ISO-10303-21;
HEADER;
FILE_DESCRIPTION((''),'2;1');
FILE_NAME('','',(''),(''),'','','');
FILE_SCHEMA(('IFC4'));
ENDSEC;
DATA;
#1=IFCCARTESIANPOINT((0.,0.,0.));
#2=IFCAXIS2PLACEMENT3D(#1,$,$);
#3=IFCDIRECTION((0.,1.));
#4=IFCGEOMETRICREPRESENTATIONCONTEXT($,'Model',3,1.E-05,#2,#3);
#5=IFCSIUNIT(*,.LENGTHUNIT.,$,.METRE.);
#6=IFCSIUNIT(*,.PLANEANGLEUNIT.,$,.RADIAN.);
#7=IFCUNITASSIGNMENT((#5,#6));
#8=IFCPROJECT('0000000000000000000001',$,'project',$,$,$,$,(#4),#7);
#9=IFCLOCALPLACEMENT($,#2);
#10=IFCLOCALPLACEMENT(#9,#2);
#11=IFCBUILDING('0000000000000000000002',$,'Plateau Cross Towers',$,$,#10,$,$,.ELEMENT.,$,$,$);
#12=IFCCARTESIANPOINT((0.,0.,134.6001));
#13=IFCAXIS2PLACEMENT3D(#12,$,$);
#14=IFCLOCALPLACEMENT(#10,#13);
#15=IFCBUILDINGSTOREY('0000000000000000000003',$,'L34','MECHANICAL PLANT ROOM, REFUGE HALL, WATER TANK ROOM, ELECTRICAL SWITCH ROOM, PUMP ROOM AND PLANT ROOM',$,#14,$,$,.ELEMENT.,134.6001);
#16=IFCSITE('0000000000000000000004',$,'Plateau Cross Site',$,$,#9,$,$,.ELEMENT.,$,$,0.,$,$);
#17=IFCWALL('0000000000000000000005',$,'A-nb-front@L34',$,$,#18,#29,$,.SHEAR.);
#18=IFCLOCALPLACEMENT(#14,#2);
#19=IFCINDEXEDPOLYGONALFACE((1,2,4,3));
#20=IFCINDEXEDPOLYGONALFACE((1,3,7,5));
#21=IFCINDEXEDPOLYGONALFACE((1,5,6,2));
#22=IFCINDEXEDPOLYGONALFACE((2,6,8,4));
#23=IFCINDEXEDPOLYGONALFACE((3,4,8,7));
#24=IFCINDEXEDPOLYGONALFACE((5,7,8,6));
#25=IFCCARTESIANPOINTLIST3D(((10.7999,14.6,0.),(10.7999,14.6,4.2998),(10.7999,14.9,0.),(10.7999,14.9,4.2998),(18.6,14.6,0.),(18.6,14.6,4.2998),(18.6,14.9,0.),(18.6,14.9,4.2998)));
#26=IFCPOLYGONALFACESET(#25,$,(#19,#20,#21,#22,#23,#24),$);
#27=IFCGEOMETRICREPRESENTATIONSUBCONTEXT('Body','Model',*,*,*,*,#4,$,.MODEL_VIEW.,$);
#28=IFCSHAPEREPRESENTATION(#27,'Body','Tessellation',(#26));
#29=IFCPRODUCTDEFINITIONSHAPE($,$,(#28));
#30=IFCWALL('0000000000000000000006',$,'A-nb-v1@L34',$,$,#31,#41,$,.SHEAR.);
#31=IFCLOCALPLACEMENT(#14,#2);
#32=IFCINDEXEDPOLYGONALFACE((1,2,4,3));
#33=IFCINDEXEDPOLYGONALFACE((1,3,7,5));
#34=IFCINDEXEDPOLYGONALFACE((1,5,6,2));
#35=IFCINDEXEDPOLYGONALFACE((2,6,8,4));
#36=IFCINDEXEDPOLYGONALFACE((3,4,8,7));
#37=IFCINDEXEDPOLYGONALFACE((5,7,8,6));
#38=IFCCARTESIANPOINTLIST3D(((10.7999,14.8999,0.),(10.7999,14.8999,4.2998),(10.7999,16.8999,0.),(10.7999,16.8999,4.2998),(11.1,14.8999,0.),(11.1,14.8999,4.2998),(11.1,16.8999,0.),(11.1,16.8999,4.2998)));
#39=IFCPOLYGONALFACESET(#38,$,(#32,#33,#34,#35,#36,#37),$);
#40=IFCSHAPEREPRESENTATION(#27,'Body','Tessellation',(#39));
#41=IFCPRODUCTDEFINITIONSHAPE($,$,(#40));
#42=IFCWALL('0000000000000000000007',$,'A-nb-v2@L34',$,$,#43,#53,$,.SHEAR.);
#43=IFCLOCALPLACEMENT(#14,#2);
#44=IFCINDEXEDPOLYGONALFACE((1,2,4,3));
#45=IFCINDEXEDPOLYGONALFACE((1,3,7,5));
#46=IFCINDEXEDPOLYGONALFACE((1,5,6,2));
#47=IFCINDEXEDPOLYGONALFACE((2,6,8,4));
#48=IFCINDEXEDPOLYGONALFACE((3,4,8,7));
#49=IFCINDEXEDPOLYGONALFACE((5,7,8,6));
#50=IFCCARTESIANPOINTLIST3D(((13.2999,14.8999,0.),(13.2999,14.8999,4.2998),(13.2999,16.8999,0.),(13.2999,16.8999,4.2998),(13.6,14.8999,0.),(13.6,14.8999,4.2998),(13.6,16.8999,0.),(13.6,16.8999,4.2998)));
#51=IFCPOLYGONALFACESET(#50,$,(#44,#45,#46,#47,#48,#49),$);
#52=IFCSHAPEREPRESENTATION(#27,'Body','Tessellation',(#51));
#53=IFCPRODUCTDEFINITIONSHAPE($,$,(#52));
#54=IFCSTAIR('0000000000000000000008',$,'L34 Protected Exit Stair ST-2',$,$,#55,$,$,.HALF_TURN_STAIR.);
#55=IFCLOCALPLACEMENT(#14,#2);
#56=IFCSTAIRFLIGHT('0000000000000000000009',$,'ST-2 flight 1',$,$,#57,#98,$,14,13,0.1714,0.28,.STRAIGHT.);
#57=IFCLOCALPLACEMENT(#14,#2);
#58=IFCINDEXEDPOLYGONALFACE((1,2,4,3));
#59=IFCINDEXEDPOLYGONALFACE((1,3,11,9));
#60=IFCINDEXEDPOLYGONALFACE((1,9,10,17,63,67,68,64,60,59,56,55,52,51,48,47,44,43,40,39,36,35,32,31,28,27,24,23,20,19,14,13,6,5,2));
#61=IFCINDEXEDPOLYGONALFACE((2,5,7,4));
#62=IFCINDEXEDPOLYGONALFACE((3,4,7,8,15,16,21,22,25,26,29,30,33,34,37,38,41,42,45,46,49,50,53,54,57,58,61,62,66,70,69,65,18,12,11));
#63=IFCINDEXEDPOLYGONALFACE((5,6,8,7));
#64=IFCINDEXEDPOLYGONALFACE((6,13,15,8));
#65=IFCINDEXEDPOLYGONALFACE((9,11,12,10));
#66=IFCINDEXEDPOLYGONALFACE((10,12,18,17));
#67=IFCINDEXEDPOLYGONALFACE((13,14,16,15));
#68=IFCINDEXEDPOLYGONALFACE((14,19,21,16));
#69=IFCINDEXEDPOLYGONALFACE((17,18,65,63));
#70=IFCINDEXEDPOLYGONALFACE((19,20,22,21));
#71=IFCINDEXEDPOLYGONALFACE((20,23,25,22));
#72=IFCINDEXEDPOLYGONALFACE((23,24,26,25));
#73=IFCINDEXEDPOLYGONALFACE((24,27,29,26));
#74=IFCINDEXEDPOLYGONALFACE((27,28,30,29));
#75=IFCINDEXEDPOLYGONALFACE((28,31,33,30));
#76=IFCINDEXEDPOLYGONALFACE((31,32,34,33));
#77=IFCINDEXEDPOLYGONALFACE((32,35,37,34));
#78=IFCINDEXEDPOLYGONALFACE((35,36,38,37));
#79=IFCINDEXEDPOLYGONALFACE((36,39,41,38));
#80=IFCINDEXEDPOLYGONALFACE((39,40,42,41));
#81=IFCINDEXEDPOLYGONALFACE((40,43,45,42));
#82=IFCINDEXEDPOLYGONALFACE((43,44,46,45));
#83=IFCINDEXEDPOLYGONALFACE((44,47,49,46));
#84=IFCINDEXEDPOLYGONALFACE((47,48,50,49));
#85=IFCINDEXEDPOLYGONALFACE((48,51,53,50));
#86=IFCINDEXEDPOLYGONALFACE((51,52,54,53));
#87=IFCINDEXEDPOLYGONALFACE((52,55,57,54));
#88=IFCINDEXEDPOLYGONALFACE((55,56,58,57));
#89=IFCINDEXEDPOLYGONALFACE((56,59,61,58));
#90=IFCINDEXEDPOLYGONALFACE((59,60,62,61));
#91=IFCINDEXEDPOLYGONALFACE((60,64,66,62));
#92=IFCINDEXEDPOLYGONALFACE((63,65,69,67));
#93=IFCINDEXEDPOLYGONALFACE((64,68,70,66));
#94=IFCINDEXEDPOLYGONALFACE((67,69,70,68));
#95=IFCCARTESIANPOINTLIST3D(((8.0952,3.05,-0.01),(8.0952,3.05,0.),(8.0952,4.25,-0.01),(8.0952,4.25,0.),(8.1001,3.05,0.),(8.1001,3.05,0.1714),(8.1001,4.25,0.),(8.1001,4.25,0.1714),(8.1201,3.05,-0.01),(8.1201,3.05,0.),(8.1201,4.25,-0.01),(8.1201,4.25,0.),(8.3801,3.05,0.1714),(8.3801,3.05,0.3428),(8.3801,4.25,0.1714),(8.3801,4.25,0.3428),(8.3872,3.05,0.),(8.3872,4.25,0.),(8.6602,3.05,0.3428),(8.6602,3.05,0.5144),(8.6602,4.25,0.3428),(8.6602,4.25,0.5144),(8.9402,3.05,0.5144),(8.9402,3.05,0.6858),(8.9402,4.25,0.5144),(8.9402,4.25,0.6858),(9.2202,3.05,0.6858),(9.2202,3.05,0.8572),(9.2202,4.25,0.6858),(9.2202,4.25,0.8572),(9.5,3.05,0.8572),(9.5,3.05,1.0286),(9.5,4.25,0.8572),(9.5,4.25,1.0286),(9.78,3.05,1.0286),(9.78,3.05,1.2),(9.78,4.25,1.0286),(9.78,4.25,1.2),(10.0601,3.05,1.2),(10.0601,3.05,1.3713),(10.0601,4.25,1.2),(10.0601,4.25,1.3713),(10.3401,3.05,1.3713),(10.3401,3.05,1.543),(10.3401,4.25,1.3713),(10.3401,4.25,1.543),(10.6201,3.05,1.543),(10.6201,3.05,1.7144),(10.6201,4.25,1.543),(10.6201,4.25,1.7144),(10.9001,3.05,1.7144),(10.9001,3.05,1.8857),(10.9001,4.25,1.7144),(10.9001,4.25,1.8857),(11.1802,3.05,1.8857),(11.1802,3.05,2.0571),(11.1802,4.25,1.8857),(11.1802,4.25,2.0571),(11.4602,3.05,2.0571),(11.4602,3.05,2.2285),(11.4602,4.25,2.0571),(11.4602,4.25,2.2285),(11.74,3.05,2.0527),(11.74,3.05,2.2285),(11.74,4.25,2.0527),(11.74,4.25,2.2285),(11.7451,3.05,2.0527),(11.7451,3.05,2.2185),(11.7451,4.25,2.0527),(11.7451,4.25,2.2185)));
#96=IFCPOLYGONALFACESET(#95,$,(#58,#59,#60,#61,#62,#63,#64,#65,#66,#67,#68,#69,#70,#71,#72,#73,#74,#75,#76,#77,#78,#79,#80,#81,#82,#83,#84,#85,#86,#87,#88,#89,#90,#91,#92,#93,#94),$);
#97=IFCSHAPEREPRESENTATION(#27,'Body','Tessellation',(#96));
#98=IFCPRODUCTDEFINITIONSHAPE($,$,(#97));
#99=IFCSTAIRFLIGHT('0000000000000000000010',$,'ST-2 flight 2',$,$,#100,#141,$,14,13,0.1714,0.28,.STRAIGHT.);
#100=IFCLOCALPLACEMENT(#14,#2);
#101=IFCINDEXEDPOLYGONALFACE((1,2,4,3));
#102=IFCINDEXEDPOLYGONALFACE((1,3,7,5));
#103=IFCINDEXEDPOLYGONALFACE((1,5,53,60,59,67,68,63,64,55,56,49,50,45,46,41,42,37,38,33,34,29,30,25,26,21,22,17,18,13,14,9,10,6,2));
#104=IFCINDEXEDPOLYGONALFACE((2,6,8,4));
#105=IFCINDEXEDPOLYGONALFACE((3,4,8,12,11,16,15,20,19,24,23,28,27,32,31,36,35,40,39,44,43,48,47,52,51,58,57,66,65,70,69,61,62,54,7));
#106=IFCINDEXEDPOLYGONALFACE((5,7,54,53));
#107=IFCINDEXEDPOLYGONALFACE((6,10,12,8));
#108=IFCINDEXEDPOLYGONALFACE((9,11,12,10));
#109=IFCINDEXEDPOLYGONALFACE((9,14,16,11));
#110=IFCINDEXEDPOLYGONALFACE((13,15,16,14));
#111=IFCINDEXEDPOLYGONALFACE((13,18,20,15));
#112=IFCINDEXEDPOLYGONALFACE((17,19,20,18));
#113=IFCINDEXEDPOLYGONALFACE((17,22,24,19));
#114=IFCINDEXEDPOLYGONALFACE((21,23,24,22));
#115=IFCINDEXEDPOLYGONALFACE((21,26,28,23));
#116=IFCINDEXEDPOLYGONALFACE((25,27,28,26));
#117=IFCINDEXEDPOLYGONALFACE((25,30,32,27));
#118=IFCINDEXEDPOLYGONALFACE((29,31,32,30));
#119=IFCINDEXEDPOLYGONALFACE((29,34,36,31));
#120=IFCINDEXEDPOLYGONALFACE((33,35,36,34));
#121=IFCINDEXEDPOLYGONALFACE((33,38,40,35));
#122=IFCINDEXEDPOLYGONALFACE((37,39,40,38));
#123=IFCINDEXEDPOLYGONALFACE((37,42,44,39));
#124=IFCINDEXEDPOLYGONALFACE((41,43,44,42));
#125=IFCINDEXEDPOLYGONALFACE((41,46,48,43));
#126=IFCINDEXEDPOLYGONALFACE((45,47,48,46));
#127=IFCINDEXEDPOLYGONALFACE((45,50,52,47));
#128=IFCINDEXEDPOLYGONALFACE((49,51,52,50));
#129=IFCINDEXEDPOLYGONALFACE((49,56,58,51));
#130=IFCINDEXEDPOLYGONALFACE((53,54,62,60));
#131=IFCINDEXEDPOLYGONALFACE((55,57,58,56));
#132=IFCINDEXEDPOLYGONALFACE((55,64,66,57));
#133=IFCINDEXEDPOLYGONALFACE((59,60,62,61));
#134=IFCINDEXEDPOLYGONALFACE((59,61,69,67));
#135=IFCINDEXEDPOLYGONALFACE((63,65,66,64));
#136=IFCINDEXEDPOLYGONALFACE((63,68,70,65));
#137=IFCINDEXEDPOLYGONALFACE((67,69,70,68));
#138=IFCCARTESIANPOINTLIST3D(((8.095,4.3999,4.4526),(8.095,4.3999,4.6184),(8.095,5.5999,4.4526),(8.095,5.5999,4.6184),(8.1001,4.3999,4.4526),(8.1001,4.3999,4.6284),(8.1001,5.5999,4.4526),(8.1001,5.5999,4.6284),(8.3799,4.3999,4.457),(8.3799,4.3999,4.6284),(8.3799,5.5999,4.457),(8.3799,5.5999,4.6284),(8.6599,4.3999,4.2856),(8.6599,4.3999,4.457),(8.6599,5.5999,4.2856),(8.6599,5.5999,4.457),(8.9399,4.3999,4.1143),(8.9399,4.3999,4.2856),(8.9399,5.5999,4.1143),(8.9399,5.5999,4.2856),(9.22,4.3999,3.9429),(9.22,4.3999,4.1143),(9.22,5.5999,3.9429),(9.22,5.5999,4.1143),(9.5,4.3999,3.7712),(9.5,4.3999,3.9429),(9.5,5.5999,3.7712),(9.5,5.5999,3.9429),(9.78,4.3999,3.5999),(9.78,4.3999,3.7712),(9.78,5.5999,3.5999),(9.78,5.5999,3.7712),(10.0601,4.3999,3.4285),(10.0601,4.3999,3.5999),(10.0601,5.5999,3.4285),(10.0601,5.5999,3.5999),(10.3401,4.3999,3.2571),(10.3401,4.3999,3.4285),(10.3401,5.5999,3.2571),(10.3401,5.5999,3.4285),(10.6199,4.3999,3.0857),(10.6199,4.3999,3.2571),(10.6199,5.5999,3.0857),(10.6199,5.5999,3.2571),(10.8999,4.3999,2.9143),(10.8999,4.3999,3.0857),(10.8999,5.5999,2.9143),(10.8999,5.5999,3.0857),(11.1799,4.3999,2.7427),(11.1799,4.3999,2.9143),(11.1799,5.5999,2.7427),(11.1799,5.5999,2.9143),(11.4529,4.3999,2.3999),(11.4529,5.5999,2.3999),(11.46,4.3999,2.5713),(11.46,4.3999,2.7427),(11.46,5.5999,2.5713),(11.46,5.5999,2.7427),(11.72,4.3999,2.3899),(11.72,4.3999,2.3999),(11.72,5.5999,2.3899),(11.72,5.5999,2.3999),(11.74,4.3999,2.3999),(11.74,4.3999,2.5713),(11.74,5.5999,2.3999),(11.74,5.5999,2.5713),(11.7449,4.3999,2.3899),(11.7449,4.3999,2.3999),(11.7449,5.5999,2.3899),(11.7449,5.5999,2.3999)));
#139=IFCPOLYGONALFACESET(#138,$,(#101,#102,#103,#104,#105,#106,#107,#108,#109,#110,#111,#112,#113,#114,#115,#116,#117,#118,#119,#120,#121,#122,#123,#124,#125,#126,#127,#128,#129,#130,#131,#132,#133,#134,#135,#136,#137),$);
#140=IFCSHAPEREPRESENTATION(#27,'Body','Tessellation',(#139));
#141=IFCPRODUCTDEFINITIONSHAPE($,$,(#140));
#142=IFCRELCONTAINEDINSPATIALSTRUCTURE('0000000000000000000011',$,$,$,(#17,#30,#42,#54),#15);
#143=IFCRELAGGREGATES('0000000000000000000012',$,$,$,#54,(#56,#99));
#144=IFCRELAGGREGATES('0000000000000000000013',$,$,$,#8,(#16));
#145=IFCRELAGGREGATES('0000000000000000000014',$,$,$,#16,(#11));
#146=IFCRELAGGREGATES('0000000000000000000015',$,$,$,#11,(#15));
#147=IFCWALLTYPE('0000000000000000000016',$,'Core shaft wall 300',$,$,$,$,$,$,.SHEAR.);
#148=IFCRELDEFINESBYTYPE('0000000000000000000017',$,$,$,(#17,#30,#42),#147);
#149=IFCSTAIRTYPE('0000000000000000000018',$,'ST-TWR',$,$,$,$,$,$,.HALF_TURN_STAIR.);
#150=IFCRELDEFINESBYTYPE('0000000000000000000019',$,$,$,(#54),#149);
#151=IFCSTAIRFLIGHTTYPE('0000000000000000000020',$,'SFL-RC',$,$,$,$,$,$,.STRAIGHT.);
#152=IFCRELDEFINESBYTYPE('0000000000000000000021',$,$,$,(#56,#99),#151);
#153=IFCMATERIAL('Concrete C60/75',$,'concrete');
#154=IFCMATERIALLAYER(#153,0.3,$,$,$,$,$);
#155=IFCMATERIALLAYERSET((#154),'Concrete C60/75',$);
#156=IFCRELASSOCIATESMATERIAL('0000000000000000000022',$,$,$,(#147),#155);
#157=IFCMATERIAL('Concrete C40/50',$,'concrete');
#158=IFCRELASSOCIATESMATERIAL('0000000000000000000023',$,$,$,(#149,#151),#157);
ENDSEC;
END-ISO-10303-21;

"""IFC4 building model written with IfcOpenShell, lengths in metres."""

from ifc_helpers import new_model, si_unit, direction, frame, frame_2d, origin, place, context, subcontext, project, spatial, polyline, rectangle, outline, extrude, material, layer, layer_set, type_object, element, aggregate, save


model = new_model("IFC4")

# Units and contexts
model_context = context("Model", 3, precision=1e-05, world=origin(), true_north=direction((0.0, 1.0)))
body_context = subcontext(model_context, "Body", "Model", "MODEL_VIEW")
ifc_project = project(units=[si_unit("LENGTHUNIT", "METRE"), si_unit("PLANEANGLEUNIT", "RADIAN")], contexts=[model_context])

# Site, building, storey
site_placement = place(None, origin())
site = spatial("IfcSite", under=ifc_project, at=site_placement, Name="Plateau Cross Site", CompositionType="ELEMENT", RefElevation=0.0)
building_placement = place(site_placement, origin())
building = spatial("IfcBuilding", under=site, at=building_placement, Name="Plateau Cross Towers", CompositionType="ELEMENT")
storey_placement = place(building_placement, frame((0.0, 0.0, 134.6001)))
storey = spatial("IfcBuildingStorey", under=building, at=storey_placement, Name="L34", Description="MECHANICAL PLANT ROOM, REFUGE HALL, WATER TANK ROOM, ELECTRICAL SWITCH ROOM, PUMP ROOM AND PLANT ROOM", CompositionType="ELEMENT", Elevation=134.6001)

# Walls
ifc_material_1 = material(Name="Concrete C60/75", Category="concrete")
ifc_layer_1 = layer(ifc_material_1, 0.3)
ifc_layer_set_1 = layer_set([ifc_layer_1], Name="Concrete C60/75")
wall_type_1 = type_object("IfcWallType", Name="Core shaft wall 300", PredefinedType="SHEAR", material=ifc_layer_set_1)
wall_1_placement = place(storey_placement, frame((10.8, 14.75, 0.0), z_axis=(0.0, 0.0, 1.0), x_axis=(1.0, 0.0, 0.0)))
element("IfcWall", 1, at=wall_1_placement, inside=storey, type_object=wall_type_1, Name="A-nb-front@L34", PredefinedType="SHEAR", context=body_context, shape_type="SweptSolid", body=[
    extrude(rectangle(XDim=7.8, YDim=0.3, at=frame_2d((3.8999, 0.0))), origin(), (0.0, 0.0, 1.0), 4.2998),
])
for number, where, z_axis, x_axis, name in (
    (2, (10.95, 14.8999, 0.0), (0.0, 0.0, 1.0), (0.0, 1.0, 0.0), "A-nb-v1@L34"),
    (3, (13.45, 14.8999, 0.0), (0.0, 0.0, 1.0), (0.0, 1.0, 0.0), "A-nb-v2@L34"),
):
    element("IfcWall", number, at=place(storey_placement, frame(where, z_axis=z_axis, x_axis=x_axis)), inside=storey, type_object=wall_type_1, Name=name, PredefinedType="SHEAR", context=body_context, shape_type="SweptSolid", body=[
        extrude(rectangle(XDim=2.0, YDim=0.3, at=frame_2d((1.0, 0.0))), origin(), (0.0, 0.0, 1.0), 4.2998),
    ])

# Stair, stair flights
ifc_material_2 = material(Name="Concrete C40/50", Category="concrete")
stair_type = type_object("IfcStairType", Name="ST-TWR", PredefinedType="HALF_TURN_STAIR", material=ifc_material_2)
stair_placement = place(storey_placement, origin())
stair = element("IfcStair", 4, at=stair_placement, inside=storey, type_object=stair_type, Name="L34 Protected Exit Stair ST-2", PredefinedType="HALF_TURN_STAIR")
stair_flight_type = type_object("IfcStairFlightType", Name="SFL-RC", PredefinedType="STRAIGHT", material=ifc_material_2)
stair_flight_1_placement = place(storey_placement, frame((8.1001, 3.6499, 0.0), z_axis=(0.0, 0.0, 1.0), x_axis=(1.0, 0.0, 0.0)))
stair_flight_1 = element("IfcStairFlight", 5, at=stair_flight_1_placement, type_object=stair_flight_type, Name="ST-2 flight 1", NumberOfRisers=14, NumberOfTreads=13, PredefinedType="STRAIGHT", RiserHeight=0.1714, TreadLength=0.28, context=body_context, shape_type="SweptSolid", body=[
    extrude(outline(polyline([(-0.0049, -0.01), (-0.0049, 0.0), (0.0, 0.0), (0.0, 0.1714), (0.28, 0.1714), (0.28, 0.3428), (0.5601, 0.3428), (0.5601, 0.5144), (0.8401, 0.5144), (0.8401, 0.6858), (1.1201, 0.6858), (1.1201, 0.8572), (1.3999, 0.8572), (1.3999, 1.0286), (1.6799, 1.0286), (1.6799, 1.2), (1.96, 1.2), (1.96, 1.3713), (2.24, 1.3713), (2.24, 1.543), (2.52, 1.543), (2.52, 1.7144), (2.8, 1.7144), (2.8, 1.8857), (3.0801, 1.8857), (3.0801, 2.0571), (3.3601, 2.0571), (3.3601, 2.2285), (3.6399, 2.2285), (3.645, 2.2185), (3.645, 2.0527), (3.6399, 2.0527), (0.2871, 0.0), (0.02, 0.0), (0.02, -0.01), (-0.0049, -0.01)])), frame((0.0, 0.6001, 0.0), z_axis=(0.0, -1.0, 0.0), x_axis=(1.0, 0.0, 0.0)), (0.0, 0.0, 1.0), 1.2),
])
stair_flight_2_placement = place(storey_placement, frame((11.74, 5.0, 2.3999), z_axis=(0.0, 0.0, 1.0), x_axis=(-1.0, 0.0, 0.0)))
stair_flight_2 = element("IfcStairFlight", 6, at=stair_flight_2_placement, type_object=stair_flight_type, Name="ST-2 flight 2", NumberOfRisers=14, NumberOfTreads=13, PredefinedType="STRAIGHT", RiserHeight=0.1714, TreadLength=0.28, context=body_context, shape_type="SweptSolid", body=[
    extrude(outline(polyline([(-0.0049, -0.01), (-0.0049, 0.0), (0.0, 0.0), (0.0, 0.1714), (0.28, 0.1714), (0.28, 0.3428), (0.5601, 0.3428), (0.5601, 0.5144), (0.8401, 0.5144), (0.8401, 0.6858), (1.1201, 0.6858), (1.1201, 0.8572), (1.3999, 0.8572), (1.3999, 1.0286), (1.6799, 1.0286), (1.6799, 1.2), (1.96, 1.2), (1.96, 1.3713), (2.24, 1.3713), (2.24, 1.543), (2.52, 1.543), (2.52, 1.7144), (2.8, 1.7144), (2.8, 1.8857), (3.0801, 1.8857), (3.0801, 2.0571), (3.3601, 2.0571), (3.3601, 2.2285), (3.6399, 2.2285), (3.645, 2.2185), (3.645, 2.0527), (3.6399, 2.0527), (0.2871, 0.0), (0.02, 0.0), (0.02, -0.01), (-0.0049, -0.01)])), frame((0.0, 0.6001, 0.0), z_axis=(0.0, -1.0, 0.0), x_axis=(1.0, 0.0, 0.0)), (0.0, 0.0, 1.0), 1.2),
])
aggregate(stair, [stair_flight_1, stair_flight_2])

save(model, "model.ifc")
